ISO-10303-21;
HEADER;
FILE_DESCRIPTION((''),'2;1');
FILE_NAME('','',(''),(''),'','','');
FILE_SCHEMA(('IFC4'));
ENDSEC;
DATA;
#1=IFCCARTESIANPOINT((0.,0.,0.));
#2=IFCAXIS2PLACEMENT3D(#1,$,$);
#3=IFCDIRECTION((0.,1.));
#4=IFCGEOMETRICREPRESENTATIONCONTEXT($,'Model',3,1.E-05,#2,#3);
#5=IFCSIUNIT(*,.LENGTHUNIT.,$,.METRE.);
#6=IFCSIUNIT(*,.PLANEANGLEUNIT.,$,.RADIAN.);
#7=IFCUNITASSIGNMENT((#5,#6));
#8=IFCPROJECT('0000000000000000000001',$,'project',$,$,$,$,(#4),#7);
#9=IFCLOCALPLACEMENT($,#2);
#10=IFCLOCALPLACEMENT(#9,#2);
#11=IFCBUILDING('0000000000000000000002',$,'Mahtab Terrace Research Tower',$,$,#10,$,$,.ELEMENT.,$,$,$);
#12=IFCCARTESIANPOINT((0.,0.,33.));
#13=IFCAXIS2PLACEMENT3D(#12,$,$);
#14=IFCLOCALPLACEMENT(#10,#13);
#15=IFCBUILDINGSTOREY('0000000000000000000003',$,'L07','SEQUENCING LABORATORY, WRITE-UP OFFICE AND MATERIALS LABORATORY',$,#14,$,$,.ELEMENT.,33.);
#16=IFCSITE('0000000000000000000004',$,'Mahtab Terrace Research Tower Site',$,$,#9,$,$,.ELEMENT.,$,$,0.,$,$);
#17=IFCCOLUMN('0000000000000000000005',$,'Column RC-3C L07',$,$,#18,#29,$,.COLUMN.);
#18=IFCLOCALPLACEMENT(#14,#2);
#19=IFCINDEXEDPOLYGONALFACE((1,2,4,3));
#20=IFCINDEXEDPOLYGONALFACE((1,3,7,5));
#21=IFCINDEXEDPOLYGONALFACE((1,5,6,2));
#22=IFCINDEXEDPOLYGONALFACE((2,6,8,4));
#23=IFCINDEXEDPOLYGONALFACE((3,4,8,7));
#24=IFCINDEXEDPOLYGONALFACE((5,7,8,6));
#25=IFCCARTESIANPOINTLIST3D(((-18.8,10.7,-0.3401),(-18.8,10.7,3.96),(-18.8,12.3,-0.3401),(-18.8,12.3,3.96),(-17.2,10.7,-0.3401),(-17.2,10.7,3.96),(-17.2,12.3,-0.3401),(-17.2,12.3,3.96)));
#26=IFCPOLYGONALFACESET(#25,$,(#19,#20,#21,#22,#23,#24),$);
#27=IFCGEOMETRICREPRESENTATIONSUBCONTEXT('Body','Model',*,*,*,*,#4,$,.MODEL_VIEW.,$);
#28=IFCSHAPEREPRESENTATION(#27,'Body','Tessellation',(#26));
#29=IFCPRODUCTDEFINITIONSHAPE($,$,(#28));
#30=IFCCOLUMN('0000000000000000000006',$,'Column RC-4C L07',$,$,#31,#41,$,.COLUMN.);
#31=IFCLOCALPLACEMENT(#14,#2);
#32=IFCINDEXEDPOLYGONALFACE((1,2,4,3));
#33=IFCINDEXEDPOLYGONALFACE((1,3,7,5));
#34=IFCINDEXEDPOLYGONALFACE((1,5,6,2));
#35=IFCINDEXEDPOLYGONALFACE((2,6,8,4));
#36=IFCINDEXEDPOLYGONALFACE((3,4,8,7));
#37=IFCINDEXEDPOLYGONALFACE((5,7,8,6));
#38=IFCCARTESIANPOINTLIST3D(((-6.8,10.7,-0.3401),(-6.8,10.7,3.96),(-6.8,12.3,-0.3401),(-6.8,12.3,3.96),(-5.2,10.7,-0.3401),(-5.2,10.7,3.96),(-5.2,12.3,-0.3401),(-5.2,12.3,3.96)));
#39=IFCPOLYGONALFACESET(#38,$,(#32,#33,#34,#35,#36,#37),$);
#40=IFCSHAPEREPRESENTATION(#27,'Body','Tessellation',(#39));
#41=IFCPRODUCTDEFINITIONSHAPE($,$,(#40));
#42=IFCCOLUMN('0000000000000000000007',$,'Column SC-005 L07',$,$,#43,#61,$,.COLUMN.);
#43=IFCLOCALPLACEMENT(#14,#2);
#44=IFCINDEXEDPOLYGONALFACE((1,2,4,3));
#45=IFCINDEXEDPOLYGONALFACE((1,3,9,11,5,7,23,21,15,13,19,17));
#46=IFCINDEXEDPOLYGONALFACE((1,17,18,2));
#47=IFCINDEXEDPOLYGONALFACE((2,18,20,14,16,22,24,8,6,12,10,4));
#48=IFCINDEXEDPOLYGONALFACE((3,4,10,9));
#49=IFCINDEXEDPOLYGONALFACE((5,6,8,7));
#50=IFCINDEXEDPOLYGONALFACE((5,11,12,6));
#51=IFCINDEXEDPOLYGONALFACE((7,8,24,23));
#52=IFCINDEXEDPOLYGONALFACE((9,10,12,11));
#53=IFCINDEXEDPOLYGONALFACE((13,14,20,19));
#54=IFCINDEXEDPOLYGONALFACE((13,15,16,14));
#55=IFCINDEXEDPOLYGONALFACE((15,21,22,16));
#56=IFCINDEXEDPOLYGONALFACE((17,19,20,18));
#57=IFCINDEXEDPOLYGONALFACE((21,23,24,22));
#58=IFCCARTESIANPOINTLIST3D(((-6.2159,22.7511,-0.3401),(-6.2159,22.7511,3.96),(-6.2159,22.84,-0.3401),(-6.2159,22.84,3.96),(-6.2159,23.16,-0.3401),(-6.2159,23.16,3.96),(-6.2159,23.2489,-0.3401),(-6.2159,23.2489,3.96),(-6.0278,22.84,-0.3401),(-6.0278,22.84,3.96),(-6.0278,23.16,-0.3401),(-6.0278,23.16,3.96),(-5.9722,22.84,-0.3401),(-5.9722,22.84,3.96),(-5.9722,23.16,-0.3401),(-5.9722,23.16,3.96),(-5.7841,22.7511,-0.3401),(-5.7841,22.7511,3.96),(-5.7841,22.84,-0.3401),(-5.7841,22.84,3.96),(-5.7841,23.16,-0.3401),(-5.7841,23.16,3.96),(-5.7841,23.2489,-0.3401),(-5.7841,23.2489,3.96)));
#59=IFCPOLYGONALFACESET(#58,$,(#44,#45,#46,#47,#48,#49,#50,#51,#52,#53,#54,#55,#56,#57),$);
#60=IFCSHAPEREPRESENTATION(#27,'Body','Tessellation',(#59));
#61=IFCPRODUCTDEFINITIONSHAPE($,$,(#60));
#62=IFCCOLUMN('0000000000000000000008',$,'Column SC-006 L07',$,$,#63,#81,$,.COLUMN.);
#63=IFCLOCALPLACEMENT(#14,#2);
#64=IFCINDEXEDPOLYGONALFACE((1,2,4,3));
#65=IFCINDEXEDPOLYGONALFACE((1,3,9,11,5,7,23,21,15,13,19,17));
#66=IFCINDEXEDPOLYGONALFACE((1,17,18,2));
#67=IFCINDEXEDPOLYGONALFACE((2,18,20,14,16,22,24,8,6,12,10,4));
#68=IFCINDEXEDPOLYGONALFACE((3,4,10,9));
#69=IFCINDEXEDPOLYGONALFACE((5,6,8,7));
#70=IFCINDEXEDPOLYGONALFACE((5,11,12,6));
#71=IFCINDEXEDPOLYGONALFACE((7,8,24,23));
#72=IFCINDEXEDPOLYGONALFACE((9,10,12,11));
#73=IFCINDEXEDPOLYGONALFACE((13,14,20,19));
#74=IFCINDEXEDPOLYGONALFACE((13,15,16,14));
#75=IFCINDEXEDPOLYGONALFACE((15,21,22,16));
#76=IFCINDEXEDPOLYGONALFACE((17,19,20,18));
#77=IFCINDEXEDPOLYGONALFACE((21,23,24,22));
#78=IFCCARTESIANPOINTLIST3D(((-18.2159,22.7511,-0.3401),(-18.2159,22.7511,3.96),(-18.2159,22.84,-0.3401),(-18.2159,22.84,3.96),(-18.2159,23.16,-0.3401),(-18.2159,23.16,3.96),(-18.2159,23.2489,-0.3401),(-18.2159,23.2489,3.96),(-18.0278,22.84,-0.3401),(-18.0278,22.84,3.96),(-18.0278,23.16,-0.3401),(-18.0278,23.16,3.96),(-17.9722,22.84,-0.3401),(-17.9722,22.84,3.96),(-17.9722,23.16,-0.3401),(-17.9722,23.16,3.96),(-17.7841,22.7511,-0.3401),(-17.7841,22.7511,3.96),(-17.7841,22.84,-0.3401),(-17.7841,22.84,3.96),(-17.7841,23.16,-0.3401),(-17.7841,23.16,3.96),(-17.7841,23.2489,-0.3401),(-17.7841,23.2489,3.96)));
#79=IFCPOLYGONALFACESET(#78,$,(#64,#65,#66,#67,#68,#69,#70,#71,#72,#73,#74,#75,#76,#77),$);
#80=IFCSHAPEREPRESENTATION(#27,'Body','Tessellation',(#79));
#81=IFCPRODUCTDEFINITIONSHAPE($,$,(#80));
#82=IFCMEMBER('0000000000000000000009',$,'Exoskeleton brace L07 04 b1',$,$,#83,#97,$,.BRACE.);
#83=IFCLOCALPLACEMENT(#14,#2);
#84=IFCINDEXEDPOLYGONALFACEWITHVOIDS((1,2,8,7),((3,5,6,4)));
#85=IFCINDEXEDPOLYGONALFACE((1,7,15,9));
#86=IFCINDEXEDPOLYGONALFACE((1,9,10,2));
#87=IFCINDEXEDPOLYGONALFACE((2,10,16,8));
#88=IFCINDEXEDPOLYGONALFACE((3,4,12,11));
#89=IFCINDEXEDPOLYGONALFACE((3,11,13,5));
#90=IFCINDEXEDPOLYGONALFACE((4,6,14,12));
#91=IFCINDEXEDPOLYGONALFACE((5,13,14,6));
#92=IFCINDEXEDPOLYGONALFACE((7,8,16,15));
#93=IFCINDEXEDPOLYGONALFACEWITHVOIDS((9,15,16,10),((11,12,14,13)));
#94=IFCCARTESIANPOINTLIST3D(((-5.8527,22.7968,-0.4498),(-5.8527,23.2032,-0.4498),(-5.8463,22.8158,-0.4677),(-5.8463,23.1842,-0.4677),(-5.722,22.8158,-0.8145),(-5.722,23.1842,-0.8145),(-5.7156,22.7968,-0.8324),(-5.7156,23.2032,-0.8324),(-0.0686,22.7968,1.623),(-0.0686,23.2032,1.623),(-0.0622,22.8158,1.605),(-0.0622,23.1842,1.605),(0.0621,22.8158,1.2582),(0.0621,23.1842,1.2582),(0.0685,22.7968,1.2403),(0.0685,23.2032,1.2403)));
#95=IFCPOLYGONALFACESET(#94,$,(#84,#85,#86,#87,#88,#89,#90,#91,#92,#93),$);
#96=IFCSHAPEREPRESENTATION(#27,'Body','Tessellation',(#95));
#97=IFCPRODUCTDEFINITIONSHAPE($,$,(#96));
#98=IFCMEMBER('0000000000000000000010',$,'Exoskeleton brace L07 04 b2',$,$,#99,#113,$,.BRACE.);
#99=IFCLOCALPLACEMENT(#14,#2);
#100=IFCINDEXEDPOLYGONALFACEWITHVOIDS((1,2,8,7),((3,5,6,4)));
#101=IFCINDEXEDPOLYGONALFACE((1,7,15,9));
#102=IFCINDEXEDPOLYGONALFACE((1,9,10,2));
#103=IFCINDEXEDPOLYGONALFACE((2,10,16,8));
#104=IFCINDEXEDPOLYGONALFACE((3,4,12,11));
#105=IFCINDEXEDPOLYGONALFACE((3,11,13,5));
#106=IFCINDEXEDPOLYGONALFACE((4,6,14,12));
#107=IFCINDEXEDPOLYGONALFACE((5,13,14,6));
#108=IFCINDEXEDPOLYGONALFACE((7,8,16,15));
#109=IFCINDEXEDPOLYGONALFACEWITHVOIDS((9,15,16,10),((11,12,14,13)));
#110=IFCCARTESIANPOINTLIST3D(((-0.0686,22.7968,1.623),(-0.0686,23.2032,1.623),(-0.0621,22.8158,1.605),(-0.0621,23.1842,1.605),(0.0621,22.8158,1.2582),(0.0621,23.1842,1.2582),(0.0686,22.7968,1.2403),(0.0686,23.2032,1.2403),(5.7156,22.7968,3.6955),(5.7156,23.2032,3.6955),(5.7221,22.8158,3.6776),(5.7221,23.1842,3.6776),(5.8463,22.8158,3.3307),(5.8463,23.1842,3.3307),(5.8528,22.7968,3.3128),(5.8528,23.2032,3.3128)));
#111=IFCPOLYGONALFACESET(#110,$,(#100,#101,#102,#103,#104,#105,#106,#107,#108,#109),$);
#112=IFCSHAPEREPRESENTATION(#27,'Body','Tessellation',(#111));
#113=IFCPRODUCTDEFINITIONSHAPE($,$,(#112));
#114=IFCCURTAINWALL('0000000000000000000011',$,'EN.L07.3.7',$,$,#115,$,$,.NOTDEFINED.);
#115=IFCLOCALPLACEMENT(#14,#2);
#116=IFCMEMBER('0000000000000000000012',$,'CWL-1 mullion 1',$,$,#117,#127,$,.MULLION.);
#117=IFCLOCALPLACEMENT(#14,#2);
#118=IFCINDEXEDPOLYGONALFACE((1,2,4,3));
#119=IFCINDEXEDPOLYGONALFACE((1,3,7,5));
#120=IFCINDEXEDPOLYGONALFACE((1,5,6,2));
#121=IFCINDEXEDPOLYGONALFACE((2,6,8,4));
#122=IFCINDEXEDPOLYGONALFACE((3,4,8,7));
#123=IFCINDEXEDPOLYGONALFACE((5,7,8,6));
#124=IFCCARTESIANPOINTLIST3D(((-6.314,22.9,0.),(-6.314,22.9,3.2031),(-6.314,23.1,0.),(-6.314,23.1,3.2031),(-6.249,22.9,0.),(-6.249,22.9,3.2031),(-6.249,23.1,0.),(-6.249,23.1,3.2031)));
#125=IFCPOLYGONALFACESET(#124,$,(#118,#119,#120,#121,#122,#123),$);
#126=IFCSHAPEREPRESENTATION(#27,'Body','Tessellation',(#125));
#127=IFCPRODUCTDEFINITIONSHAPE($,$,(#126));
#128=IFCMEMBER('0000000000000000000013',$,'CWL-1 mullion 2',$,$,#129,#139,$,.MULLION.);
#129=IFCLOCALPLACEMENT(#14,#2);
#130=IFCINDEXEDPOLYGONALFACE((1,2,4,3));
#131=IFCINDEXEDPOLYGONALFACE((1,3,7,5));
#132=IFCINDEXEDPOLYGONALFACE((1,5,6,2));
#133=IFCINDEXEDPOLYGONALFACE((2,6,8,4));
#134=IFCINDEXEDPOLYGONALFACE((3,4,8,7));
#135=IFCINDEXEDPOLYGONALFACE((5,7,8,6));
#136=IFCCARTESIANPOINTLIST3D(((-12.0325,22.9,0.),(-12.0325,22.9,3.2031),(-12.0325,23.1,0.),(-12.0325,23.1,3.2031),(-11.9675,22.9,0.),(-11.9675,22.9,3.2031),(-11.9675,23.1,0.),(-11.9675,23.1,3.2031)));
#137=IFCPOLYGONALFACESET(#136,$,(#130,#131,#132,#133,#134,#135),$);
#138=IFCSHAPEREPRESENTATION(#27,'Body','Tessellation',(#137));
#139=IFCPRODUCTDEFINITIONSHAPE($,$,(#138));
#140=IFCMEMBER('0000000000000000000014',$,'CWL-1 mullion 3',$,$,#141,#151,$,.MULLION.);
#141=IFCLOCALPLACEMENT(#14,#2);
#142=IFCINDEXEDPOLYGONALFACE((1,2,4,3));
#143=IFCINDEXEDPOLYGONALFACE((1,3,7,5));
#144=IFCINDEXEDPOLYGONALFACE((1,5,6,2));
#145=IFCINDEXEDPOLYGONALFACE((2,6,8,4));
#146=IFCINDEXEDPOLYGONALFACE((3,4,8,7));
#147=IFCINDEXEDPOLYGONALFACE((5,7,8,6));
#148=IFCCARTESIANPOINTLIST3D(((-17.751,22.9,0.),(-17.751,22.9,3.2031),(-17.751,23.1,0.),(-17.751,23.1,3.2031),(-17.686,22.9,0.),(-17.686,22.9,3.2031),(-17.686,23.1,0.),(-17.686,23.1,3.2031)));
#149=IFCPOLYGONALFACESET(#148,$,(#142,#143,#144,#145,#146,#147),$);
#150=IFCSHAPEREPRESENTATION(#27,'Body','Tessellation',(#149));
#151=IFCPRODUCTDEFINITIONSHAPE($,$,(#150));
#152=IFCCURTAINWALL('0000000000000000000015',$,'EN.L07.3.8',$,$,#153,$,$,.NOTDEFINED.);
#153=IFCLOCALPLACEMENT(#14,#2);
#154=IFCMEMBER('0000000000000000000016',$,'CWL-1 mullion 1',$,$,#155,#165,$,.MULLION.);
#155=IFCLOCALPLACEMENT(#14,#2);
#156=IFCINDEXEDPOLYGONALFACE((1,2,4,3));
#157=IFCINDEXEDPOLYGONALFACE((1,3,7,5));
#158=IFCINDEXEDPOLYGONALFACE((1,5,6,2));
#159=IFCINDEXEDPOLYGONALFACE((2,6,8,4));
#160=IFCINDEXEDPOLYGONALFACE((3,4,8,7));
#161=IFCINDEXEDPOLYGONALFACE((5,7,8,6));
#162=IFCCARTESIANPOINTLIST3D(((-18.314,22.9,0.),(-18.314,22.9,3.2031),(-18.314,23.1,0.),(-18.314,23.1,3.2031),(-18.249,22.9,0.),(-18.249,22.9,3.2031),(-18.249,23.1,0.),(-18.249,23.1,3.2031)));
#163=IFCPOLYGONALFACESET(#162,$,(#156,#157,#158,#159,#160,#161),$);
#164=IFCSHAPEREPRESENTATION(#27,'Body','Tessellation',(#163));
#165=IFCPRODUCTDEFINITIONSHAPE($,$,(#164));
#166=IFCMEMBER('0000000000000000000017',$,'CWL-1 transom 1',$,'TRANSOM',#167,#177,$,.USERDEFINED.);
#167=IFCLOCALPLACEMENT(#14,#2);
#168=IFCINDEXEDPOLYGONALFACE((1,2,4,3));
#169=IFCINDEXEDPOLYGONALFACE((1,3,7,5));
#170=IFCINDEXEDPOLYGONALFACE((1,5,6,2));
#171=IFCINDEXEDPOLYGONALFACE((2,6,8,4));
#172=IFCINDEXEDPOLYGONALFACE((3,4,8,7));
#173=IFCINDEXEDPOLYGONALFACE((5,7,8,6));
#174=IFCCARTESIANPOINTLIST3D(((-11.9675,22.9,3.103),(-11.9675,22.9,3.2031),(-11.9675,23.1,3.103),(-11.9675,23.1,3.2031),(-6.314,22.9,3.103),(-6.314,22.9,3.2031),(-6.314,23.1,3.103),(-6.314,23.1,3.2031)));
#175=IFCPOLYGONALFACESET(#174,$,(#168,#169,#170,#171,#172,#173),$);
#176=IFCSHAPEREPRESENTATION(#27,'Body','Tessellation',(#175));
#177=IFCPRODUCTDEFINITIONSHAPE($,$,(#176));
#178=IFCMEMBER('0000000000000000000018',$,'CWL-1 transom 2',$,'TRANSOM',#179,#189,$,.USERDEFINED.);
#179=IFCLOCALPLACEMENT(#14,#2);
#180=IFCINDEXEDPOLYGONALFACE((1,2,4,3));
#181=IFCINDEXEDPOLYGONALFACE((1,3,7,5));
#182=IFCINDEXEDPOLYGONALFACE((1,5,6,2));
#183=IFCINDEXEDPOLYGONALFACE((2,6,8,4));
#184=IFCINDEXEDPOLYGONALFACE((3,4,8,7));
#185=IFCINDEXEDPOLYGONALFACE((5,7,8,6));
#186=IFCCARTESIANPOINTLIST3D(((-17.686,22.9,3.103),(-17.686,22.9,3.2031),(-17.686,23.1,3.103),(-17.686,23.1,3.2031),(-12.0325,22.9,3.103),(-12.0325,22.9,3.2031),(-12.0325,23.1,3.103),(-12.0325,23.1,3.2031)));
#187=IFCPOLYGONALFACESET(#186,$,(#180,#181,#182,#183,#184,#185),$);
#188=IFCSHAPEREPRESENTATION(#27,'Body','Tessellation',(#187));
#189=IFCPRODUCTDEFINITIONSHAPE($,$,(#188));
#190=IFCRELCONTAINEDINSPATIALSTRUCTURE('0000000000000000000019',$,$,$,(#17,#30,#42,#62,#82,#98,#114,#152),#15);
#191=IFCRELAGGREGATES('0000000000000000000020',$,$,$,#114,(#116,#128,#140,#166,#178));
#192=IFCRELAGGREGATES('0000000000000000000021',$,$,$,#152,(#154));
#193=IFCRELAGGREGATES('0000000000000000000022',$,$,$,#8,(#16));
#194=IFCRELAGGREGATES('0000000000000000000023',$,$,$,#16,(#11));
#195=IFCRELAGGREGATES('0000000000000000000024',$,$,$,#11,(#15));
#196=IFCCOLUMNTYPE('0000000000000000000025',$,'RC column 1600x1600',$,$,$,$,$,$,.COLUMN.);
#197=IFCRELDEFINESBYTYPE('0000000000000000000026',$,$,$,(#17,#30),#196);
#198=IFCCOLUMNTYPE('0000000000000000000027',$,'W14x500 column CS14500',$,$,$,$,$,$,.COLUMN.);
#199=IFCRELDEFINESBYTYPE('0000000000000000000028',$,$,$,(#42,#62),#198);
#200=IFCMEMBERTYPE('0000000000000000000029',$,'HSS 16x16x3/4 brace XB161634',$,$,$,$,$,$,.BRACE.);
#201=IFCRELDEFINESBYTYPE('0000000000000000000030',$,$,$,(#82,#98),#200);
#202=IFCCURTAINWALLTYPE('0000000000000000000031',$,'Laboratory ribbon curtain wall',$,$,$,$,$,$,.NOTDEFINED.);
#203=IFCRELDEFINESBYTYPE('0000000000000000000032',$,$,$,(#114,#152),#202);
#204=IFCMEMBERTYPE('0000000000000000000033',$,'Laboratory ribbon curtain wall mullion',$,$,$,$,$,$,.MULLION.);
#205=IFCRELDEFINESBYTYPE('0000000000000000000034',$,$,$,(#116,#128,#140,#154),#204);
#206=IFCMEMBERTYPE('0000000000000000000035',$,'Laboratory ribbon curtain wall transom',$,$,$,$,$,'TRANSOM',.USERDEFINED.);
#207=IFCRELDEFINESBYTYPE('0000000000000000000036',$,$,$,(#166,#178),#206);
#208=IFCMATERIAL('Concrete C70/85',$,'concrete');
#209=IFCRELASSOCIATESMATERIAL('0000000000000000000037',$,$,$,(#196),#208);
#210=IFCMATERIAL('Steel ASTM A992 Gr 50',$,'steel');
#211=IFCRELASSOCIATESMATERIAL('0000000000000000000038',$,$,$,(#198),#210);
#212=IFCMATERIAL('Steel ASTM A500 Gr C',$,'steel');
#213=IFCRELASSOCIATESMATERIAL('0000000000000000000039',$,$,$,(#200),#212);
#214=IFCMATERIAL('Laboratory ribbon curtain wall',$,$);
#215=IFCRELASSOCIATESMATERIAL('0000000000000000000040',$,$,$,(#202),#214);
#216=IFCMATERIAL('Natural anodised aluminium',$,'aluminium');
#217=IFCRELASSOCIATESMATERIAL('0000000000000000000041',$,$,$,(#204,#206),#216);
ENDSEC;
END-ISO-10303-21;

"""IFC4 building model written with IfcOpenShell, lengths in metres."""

from ifc_helpers import new_model, si_unit, direction, frame, origin, origin_2d, place, context, subcontext, project, spatial, rectangle, hollow_rectangle, i_section, extrude, material, material_profile, profile_set, type_object, element, aggregate, save


model = new_model("IFC4")

# Units and contexts
model_context = context("Model", 3, precision=1e-05, world=origin(), true_north=direction((0.0, 1.0)))
body_context = subcontext(model_context, "Body", "Model", "MODEL_VIEW")
ifc_project = project(units=[si_unit("LENGTHUNIT", "METRE"), si_unit("PLANEANGLEUNIT", "RADIAN")], contexts=[model_context])

# Site, building, storey
site_placement = place(None, origin())
site = spatial("IfcSite", under=ifc_project, at=site_placement, Name="Mahtab Terrace Research Tower Site", CompositionType="ELEMENT", RefElevation=0.0)
building_placement = place(site_placement, origin())
building = spatial("IfcBuilding", under=site, at=building_placement, Name="Mahtab Terrace Research Tower", CompositionType="ELEMENT")
storey_placement = place(building_placement, frame((0.0, 0.0, 33.0)))
storey = spatial("IfcBuildingStorey", under=building, at=storey_placement, Name="L07", Description="SEQUENCING LABORATORY, WRITE-UP OFFICE AND MATERIALS LABORATORY", CompositionType="ELEMENT", Elevation=33.0)

# Columns
ifc_material_1 = material(Name="Concrete C70/85", Category="concrete")
ifc_material_profile_1 = material_profile(ifc_material_1, rectangle(XDim=1.6001, YDim=1.6001, at=origin_2d()), Name="RC column 1600x1600")
ifc_profile_set_1 = profile_set([ifc_material_profile_1], Name="Concrete C70/85")
column_type_1 = type_object("IfcColumnType", Name="RC column 1600x1600", PredefinedType="COLUMN", material=ifc_profile_set_1)
for number, where, z_axis, x_axis, name in (
    (1, (-18.0, 11.5, -0.3401), (0.0, 0.0, 1.0), (1.0, 0.0, 0.0), "Column RC-3C L07"),
    (2, (-6.0, 11.5, -0.3401), (0.0, 0.0, 1.0), (1.0, 0.0, 0.0), "Column RC-4C L07"),
):
    element("IfcColumn", number, at=place(storey_placement, frame(where, z_axis=z_axis, x_axis=x_axis)), inside=storey, type_object=column_type_1, Name=name, PredefinedType="COLUMN", context=body_context, shape_type="SweptSolid", body=[
        extrude(rectangle(XDim=1.6001, YDim=1.6001, at=origin_2d()), origin(), (0.0, 0.0, 1.0), 4.3),
    ])
ifc_material_2 = material(Name="Steel ASTM A992 Gr 50", Category="steel")
ifc_material_profile_2 = material_profile(ifc_material_2, i_section(OverallWidth=0.4319, OverallDepth=0.4978, WebThickness=0.0557, FlangeThickness=0.0889, at=origin_2d()), Name="W14X500")
ifc_profile_set_2 = profile_set([ifc_material_profile_2], Name="Steel ASTM A992 Gr 50")
column_type_2 = type_object("IfcColumnType", Name="W14x500 column CS14500", PredefinedType="COLUMN", material=ifc_profile_set_2)
for number, where, z_axis, x_axis, name in (
    (3, (-6.0, 23.0, -0.3401), (0.0, 0.0, 1.0), (1.0, 0.0, 0.0), "Column SC-005 L07"),
    (4, (-18.0, 23.0, -0.3401), (0.0, 0.0, 1.0), (1.0, 0.0, 0.0), "Column SC-006 L07"),
):
    element("IfcColumn", number, at=place(storey_placement, frame(where, z_axis=z_axis, x_axis=x_axis)), inside=storey, type_object=column_type_2, Name=name, PredefinedType="COLUMN", context=body_context, shape_type="SweptSolid", body=[
        extrude(i_section(OverallWidth=0.4319, OverallDepth=0.4978, WebThickness=0.0557, FlangeThickness=0.0889, at=origin_2d()), origin(), (0.0, 0.0, 1.0), 4.3),
    ])

# Members
ifc_material_3 = material(Name="Steel ASTM A500 Gr C", Category="steel")
ifc_material_profile_3 = material_profile(ifc_material_3, hollow_rectangle(XDim=0.4065, YDim=0.4065, WallThickness=0.019, at=origin_2d()), Name="HSS16X16X3/4")
ifc_profile_set_3 = profile_set([ifc_material_profile_3], Name="Steel ASTM A500 Gr C")
member_type_1 = type_object("IfcMemberType", Name="HSS 16x16x3/4 brace XB161634", PredefinedType="BRACE", material=ifc_profile_set_3)
for number, where, z_axis, x_axis, name in (
    (5, (-5.7842, 23.0, -0.6411), (0.941382, 0.0, 0.337343), (0.0, 1.0, 0.0), "Exoskeleton brace L07 04 b1"),
    (6, (0.0, 23.0, 1.4316), (0.941394, 0.0, 0.337308), (0.0, 1.0, 0.0), "Exoskeleton brace L07 04 b2"),
):
    element("IfcMember", number, at=place(storey_placement, frame(where, z_axis=z_axis, x_axis=x_axis)), inside=storey, type_object=member_type_1, Name=name, PredefinedType="BRACE", context=body_context, shape_type="SweptSolid", body=[
        extrude(hollow_rectangle(XDim=0.4065, YDim=0.4065, WallThickness=0.019, at=origin_2d()), origin(), (0.0, 0.0, 1.0), 6.1443),
    ])

# Curtain wall, members
ifc_material_4 = material(Name="Laboratory ribbon curtain wall")
curtain_wall_type = type_object("IfcCurtainWallType", Name="Laboratory ribbon curtain wall", PredefinedType="NOTDEFINED", material=ifc_material_4)
curtain_wall_1_placement = place(storey_placement, origin())
curtain_wall_1 = element("IfcCurtainWall", 7, at=curtain_wall_1_placement, inside=storey, type_object=curtain_wall_type, Name="EN.L07.3.7", PredefinedType="NOTDEFINED")
ifc_material_5 = material(Name="Natural anodised aluminium", Category="aluminium")
ifc_material_profile_4 = material_profile(ifc_material_5, rectangle(XDim=0.2, YDim=0.0649, at=origin_2d()), Name="MULLION 65x200")
ifc_profile_set_4 = profile_set([ifc_material_profile_4], Name="Natural anodised aluminium")
member_type_2 = type_object("IfcMemberType", Name="Laboratory ribbon curtain wall mullion", PredefinedType="MULLION", material=ifc_profile_set_4)
member_1_placement = place(storey_placement, frame((-6.2815, 23.0, 0.0), z_axis=(0.0, 0.0, 1.0), x_axis=(0.0, -1.0, 0.0)))
member_1 = element("IfcMember", 8, at=member_1_placement, type_object=member_type_2, Name="CWL-1 mullion 1", PredefinedType="MULLION", context=body_context, shape_type="SweptSolid", body=[
    extrude(rectangle(XDim=0.2, YDim=0.0649, at=origin_2d()), origin(), (0.0, 0.0, 1.0), 3.2031),
])
member_2_placement = place(storey_placement, frame((-12.0, 23.0, 0.0), z_axis=(0.0, 0.0, 1.0), x_axis=(0.0, -1.0, 0.0)))
member_2 = element("IfcMember", 9, at=member_2_placement, type_object=member_type_2, Name="CWL-1 mullion 2", PredefinedType="MULLION", context=body_context, shape_type="SweptSolid", body=[
    extrude(rectangle(XDim=0.2, YDim=0.0649, at=origin_2d()), origin(), (0.0, 0.0, 1.0), 3.2031),
])
member_3_placement = place(storey_placement, frame((-17.7185, 23.0, 0.0), z_axis=(0.0, 0.0, 1.0), x_axis=(0.0, -1.0, 0.0)))
member_3 = element("IfcMember", 10, at=member_3_placement, type_object=member_type_2, Name="CWL-1 mullion 3", PredefinedType="MULLION", context=body_context, shape_type="SweptSolid", body=[
    extrude(rectangle(XDim=0.2, YDim=0.0649, at=origin_2d()), origin(), (0.0, 0.0, 1.0), 3.2031),
])

# Curtain wall, member
curtain_wall_2_placement = place(storey_placement, origin())
curtain_wall_2 = element("IfcCurtainWall", 11, at=curtain_wall_2_placement, inside=storey, type_object=curtain_wall_type, Name="EN.L07.3.8", PredefinedType="NOTDEFINED")
member_4_placement = place(storey_placement, frame((-18.2815, 23.0, 0.0), z_axis=(0.0, 0.0, 1.0), x_axis=(0.0, -1.0, 0.0)))
member_4 = element("IfcMember", 12, at=member_4_placement, type_object=member_type_2, Name="CWL-1 mullion 1", PredefinedType="MULLION", context=body_context, shape_type="SweptSolid", body=[
    extrude(rectangle(XDim=0.2, YDim=0.0649, at=origin_2d()), origin(), (0.0, 0.0, 1.0), 3.2031),
])

# Members
ifc_material_profile_5 = material_profile(ifc_material_5, rectangle(XDim=0.2, YDim=0.1001, at=origin_2d()), Name="TRANSOM 100x200")
ifc_profile_set_5 = profile_set([ifc_material_profile_5], Name="Natural anodised aluminium")
member_type_3 = type_object("IfcMemberType", Name="Laboratory ribbon curtain wall transom", ElementType="TRANSOM", PredefinedType="USERDEFINED", material=ifc_profile_set_5)
member_5_placement = place(storey_placement, frame((-6.314, 23.0, 3.1531), z_axis=(-1.0, 0.0, 0.0), x_axis=(0.0, -1.0, 0.0)))
member_5 = element("IfcMember", 13, at=member_5_placement, type_object=member_type_3, Name="CWL-1 transom 1", ObjectType="TRANSOM", PredefinedType="USERDEFINED", context=body_context, shape_type="SweptSolid", body=[
    extrude(rectangle(XDim=0.2, YDim=0.1001, at=origin_2d()), origin(), (0.0, 0.0, 1.0), 5.6536),
])
member_6_placement = place(storey_placement, frame((-12.0325, 23.0, 3.1531), z_axis=(-1.0, 0.0, 0.0), x_axis=(0.0, -1.0, 0.0)))
member_6 = element("IfcMember", 14, at=member_6_placement, type_object=member_type_3, Name="CWL-1 transom 2", ObjectType="TRANSOM", PredefinedType="USERDEFINED", context=body_context, shape_type="SweptSolid", body=[
    extrude(rectangle(XDim=0.2, YDim=0.1001, at=origin_2d()), origin(), (0.0, 0.0, 1.0), 5.6536),
])

aggregate(curtain_wall_1, [member_1, member_2, member_3, member_5, member_6])
aggregate(curtain_wall_2, [member_4])

save(model, "model.ifc")
